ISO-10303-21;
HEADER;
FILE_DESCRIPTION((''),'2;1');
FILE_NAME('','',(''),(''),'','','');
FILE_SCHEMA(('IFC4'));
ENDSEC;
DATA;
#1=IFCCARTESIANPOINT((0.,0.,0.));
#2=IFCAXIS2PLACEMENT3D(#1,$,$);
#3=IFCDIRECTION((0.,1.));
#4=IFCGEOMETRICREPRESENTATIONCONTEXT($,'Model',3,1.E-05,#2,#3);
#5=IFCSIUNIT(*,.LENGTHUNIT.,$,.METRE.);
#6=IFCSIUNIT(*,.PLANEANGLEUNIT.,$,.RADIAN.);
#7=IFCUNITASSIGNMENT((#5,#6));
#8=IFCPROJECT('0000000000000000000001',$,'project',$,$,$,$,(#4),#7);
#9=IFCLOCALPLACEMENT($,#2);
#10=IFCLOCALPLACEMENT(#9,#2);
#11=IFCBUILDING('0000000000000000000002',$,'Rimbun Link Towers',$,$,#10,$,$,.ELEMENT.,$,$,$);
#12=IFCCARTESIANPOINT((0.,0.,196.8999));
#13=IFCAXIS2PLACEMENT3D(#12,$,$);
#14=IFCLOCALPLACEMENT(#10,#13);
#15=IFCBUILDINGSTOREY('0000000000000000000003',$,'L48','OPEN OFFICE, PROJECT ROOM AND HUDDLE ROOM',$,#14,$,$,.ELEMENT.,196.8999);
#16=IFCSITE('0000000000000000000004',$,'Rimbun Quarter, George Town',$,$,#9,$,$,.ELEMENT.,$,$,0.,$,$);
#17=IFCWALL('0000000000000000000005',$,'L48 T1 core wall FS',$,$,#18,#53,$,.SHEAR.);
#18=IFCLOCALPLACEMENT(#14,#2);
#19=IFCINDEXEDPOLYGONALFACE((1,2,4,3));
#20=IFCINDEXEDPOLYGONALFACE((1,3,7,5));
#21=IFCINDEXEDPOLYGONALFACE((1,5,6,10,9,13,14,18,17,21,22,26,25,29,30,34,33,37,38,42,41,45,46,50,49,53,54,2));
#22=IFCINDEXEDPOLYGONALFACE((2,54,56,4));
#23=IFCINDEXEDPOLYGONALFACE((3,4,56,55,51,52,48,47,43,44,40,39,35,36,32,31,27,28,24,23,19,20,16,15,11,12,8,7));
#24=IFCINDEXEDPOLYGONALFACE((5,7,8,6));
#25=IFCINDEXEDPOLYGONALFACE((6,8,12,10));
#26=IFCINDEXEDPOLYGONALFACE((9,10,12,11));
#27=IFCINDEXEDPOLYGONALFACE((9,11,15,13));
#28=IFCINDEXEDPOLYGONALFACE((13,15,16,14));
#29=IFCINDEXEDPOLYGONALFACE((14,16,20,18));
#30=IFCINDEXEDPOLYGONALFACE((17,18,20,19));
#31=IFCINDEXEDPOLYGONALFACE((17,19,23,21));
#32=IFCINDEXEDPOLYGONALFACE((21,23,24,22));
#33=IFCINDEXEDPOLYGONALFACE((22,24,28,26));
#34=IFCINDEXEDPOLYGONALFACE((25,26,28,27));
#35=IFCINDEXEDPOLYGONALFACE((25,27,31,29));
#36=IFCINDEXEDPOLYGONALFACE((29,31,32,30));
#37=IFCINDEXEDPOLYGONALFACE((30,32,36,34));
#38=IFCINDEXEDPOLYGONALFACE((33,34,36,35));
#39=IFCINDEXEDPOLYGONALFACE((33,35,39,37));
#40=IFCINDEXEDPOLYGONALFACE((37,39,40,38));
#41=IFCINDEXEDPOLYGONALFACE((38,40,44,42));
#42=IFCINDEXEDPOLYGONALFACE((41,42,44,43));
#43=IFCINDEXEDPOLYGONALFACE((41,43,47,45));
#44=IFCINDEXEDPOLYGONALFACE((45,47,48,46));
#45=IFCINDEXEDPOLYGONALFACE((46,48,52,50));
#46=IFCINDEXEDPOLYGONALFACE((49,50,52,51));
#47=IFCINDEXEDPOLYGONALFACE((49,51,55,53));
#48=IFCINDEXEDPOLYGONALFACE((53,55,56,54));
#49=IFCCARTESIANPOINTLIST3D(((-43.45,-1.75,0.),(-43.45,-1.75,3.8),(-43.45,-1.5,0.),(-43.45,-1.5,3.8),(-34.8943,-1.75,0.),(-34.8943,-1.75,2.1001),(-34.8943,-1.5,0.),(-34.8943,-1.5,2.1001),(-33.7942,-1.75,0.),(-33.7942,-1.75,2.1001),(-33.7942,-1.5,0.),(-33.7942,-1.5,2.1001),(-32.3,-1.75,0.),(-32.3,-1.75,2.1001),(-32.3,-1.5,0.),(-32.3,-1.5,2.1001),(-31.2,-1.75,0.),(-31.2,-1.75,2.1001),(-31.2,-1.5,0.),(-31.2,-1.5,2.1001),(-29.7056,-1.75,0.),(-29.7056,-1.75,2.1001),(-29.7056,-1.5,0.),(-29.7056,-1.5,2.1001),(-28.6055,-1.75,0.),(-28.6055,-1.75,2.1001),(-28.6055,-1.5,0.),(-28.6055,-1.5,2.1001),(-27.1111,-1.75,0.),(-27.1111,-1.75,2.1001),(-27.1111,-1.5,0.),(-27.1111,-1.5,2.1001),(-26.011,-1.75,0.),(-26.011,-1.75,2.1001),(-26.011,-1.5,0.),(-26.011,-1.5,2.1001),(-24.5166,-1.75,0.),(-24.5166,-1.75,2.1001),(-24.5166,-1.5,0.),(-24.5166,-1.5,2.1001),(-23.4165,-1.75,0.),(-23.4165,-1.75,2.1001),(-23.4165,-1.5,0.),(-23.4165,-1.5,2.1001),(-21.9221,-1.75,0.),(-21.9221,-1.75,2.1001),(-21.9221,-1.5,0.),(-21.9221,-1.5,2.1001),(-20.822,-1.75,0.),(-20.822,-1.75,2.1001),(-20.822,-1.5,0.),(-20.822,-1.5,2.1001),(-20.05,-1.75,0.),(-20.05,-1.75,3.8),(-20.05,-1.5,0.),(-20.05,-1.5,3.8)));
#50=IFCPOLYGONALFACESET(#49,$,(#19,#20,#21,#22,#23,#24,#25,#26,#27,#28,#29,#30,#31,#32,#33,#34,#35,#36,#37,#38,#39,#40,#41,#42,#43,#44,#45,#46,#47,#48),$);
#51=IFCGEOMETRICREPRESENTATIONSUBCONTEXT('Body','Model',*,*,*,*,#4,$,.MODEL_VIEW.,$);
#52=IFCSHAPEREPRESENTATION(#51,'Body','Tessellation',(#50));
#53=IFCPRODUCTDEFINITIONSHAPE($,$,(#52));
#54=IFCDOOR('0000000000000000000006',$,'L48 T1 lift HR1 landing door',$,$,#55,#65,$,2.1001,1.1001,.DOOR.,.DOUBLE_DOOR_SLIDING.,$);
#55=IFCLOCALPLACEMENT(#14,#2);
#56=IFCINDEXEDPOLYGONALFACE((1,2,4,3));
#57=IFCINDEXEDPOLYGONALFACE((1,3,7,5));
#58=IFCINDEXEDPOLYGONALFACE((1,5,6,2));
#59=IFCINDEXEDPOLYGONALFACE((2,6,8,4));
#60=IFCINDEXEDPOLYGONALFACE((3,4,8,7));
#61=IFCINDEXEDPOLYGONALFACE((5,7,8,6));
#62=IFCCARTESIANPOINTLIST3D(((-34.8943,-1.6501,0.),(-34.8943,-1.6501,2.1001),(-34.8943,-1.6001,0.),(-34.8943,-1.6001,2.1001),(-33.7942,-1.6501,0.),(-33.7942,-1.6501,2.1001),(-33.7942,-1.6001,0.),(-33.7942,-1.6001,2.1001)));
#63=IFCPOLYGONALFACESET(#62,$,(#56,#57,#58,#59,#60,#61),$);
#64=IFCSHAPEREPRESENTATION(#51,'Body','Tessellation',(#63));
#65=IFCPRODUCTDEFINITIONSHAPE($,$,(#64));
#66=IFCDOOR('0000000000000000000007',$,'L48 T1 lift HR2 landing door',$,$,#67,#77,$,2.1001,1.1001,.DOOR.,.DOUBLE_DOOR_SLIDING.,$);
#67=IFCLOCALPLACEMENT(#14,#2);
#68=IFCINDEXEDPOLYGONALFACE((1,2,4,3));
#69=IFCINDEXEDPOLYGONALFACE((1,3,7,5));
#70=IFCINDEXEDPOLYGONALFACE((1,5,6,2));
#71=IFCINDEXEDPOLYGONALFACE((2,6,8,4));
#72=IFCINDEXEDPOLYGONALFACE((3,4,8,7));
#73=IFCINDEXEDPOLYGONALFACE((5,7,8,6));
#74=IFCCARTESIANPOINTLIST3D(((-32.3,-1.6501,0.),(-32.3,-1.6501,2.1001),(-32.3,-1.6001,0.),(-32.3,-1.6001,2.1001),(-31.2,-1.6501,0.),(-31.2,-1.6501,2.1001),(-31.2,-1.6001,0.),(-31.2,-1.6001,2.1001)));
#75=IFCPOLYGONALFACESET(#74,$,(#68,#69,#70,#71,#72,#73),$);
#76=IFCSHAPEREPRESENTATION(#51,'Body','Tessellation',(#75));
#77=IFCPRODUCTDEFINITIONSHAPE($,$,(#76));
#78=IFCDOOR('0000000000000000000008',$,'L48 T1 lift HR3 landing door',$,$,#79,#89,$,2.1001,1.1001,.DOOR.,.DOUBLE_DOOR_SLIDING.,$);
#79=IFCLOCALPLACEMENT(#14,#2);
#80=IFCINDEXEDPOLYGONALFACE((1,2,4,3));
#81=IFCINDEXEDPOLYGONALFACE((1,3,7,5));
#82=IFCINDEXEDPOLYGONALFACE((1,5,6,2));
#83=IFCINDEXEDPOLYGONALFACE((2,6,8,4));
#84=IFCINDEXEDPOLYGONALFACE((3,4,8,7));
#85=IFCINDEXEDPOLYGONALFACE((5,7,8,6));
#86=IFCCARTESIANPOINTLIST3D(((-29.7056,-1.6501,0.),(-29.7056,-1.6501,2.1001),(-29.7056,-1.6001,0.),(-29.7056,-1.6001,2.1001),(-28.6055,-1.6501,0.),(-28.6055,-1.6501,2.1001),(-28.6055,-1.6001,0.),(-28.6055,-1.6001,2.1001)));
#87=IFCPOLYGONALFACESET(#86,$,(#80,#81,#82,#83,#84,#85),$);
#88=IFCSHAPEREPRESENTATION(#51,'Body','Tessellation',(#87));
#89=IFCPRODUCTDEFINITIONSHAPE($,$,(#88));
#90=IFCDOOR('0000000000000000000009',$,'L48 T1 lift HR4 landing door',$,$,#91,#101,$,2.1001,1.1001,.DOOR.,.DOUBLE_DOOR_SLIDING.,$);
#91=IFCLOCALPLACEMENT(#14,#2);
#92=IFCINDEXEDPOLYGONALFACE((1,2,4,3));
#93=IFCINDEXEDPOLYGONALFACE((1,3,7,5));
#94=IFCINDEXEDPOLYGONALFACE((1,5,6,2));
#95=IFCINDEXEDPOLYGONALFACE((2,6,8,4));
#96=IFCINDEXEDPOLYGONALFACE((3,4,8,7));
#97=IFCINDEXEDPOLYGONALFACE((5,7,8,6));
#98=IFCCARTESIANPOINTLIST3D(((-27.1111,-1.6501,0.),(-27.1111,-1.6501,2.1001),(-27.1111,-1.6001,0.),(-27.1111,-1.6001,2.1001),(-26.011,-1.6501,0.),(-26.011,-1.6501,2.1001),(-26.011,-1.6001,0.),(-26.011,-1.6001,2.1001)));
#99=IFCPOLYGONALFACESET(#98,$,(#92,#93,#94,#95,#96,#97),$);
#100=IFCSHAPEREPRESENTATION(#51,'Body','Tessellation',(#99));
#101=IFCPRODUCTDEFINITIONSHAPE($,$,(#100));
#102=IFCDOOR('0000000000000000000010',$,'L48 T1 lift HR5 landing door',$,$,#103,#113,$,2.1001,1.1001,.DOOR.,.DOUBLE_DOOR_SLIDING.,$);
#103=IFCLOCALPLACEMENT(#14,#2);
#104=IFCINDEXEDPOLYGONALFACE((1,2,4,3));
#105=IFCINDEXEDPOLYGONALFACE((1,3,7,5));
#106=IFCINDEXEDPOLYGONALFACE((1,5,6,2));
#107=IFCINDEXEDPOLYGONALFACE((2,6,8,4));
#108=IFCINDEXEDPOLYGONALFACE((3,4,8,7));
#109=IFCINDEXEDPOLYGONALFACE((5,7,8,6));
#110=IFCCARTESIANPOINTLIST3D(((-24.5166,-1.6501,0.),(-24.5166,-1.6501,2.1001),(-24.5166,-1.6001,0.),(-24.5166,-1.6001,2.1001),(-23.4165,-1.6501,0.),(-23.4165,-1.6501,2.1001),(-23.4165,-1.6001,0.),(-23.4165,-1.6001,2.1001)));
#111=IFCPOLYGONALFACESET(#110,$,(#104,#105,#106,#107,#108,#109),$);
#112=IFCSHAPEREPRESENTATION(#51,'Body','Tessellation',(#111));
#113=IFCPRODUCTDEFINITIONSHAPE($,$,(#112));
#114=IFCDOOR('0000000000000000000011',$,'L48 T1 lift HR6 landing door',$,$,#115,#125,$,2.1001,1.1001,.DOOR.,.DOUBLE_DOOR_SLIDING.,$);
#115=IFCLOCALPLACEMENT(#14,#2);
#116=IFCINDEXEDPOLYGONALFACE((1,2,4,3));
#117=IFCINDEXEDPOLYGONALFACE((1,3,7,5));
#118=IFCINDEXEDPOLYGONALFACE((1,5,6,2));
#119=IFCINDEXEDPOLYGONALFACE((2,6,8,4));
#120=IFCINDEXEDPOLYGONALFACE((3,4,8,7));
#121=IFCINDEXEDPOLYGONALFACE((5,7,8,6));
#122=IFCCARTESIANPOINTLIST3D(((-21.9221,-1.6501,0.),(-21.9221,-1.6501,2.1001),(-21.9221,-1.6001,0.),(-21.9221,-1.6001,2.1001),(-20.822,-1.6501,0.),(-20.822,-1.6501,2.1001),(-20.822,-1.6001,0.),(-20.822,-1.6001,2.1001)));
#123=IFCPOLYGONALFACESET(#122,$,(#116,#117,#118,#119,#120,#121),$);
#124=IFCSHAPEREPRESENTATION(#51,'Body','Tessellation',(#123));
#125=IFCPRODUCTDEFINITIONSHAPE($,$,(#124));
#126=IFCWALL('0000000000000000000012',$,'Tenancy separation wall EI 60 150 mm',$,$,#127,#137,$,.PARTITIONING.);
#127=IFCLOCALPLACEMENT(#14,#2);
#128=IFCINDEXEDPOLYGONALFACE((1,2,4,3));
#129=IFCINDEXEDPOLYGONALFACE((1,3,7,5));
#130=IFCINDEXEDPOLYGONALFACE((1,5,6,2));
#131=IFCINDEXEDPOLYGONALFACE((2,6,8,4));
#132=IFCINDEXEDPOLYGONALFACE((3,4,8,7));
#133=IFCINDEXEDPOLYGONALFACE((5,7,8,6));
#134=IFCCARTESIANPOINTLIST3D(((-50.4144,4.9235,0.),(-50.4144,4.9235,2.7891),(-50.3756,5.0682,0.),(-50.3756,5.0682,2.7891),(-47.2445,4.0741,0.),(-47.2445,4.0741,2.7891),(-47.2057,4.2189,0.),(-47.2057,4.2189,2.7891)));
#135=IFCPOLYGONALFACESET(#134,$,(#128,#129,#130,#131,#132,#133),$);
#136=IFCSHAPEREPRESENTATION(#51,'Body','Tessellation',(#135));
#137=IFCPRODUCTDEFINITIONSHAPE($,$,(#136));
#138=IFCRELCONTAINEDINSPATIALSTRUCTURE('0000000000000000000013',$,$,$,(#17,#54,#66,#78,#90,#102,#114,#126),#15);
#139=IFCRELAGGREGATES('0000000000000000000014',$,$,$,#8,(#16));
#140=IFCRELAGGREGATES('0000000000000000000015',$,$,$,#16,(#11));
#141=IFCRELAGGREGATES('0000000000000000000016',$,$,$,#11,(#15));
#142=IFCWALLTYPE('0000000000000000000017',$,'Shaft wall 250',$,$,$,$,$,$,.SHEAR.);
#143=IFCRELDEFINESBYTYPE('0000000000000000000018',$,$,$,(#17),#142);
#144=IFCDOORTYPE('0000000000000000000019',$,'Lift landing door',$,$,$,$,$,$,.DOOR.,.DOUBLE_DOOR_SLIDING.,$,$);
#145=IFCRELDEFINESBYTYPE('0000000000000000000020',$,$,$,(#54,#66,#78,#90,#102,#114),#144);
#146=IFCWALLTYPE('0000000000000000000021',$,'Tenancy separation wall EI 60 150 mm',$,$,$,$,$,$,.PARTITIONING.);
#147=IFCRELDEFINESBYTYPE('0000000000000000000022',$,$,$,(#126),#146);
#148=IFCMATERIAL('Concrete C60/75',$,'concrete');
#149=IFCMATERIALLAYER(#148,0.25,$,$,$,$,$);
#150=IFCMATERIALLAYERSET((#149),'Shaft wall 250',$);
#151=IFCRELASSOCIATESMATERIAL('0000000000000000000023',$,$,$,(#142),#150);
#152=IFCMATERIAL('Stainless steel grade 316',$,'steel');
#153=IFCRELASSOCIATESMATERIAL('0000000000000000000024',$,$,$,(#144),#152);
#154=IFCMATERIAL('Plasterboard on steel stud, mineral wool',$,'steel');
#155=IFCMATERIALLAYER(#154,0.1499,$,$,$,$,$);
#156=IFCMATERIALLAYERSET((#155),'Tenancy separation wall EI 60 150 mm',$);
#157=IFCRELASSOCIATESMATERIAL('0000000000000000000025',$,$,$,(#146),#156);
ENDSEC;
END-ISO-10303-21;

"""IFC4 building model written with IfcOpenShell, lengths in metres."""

from ifc_helpers import new_model, si_unit, direction, frame, frame_2d, origin, place, context, subcontext, project, spatial, rectangle, extrude, material, layer, layer_set, type_object, element, fill, save


model = new_model("IFC4")

# Units and contexts
model_context = context("Model", 3, precision=1e-05, world=origin(), true_north=direction((0.0, 1.0)))
body_context = subcontext(model_context, "Body", "Model", "MODEL_VIEW")
ifc_project = project(units=[si_unit("LENGTHUNIT", "METRE"), si_unit("PLANEANGLEUNIT", "RADIAN")], contexts=[model_context])

# Site, building, storey
site_placement = place(None, origin())
site = spatial("IfcSite", under=ifc_project, at=site_placement, Name="Rimbun Quarter, George Town", CompositionType="ELEMENT", RefElevation=0.0)
building_placement = place(site_placement, origin())
building = spatial("IfcBuilding", under=site, at=building_placement, Name="Rimbun Link Towers", CompositionType="ELEMENT")
storey_placement = place(building_placement, frame((0.0, 0.0, 196.8999)))
storey = spatial("IfcBuildingStorey", under=building, at=storey_placement, Name="L48", Description="OPEN OFFICE, PROJECT ROOM AND HUDDLE ROOM", CompositionType="ELEMENT", Elevation=196.8999)

# Wall, openings, doors
ifc_material_1 = material(Name="Concrete C60/75", Category="concrete")
ifc_layer_1 = layer(ifc_material_1, 0.25)
ifc_layer_set_1 = layer_set([ifc_layer_1], Name="Shaft wall 250")
wall_type_1 = type_object("IfcWallType", Name="Shaft wall 250", PredefinedType="SHEAR", material=ifc_layer_set_1)
wall_1_placement = place(storey_placement, frame((-43.45, -1.625, 0.0), z_axis=(0.0, 0.0, 1.0), x_axis=(1.0, 0.0, 0.0)))
wall_1 = element("IfcWall", 1, at=wall_1_placement, inside=storey, type_object=wall_type_1, Name="L48 T1 core wall FS", PredefinedType="SHEAR", context=body_context, shape_type="SweptSolid", body=[
    extrude(rectangle(XDim=23.3999, YDim=0.25, at=frame_2d((11.7, 0.0))), origin(), (0.0, 0.0, 1.0), 3.8),
])
opening_1_placement = place(wall_1_placement, frame((8.5557, 0.0, 0.0)))
opening_1 = element("IfcOpeningElement", 2, at=opening_1_placement, cuts=wall_1, PredefinedType="OPENING", context=body_context, shape_type="SweptSolid", body=[
    extrude(rectangle(XDim=1.1001, YDim=2.1001, at=frame_2d((0.55, 1.05))), frame((0.0, 0.135, 0.0), z_axis=(0.0, -1.0, 0.0), x_axis=(1.0, 0.0, 0.0)), (0.0, 0.0, 1.0), 0.27),
])
opening_2_placement = place(wall_1_placement, frame((11.1499, 0.0, 0.0)))
opening_2 = element("IfcOpeningElement", 3, at=opening_2_placement, cuts=wall_1, PredefinedType="OPENING", context=body_context, shape_type="SweptSolid", body=[
    extrude(rectangle(XDim=1.1001, YDim=2.1001, at=frame_2d((0.55, 1.05))), frame((0.0, 0.135, 0.0), z_axis=(0.0, -1.0, 0.0), x_axis=(1.0, 0.0, 0.0)), (0.0, 0.0, 1.0), 0.27),
])
opening_3_placement = place(wall_1_placement, frame((13.7444, 0.0, 0.0)))
opening_3 = element("IfcOpeningElement", 4, at=opening_3_placement, cuts=wall_1, PredefinedType="OPENING", context=body_context, shape_type="SweptSolid", body=[
    extrude(rectangle(XDim=1.1001, YDim=2.1001, at=frame_2d((0.55, 1.05))), frame((0.0, 0.135, 0.0), z_axis=(0.0, -1.0, 0.0), x_axis=(1.0, 0.0, 0.0)), (0.0, 0.0, 1.0), 0.27),
])
opening_4_placement = place(wall_1_placement, frame((16.3389, 0.0, 0.0)))
opening_4 = element("IfcOpeningElement", 5, at=opening_4_placement, cuts=wall_1, PredefinedType="OPENING", context=body_context, shape_type="SweptSolid", body=[
    extrude(rectangle(XDim=1.1001, YDim=2.1001, at=frame_2d((0.55, 1.05))), frame((0.0, 0.135, 0.0), z_axis=(0.0, -1.0, 0.0), x_axis=(1.0, 0.0, 0.0)), (0.0, 0.0, 1.0), 0.27),
])
opening_5_placement = place(wall_1_placement, frame((18.9333, 0.0, 0.0)))
opening_5 = element("IfcOpeningElement", 6, at=opening_5_placement, cuts=wall_1, PredefinedType="OPENING", context=body_context, shape_type="SweptSolid", body=[
    extrude(rectangle(XDim=1.1001, YDim=2.1001, at=frame_2d((0.55, 1.05))), frame((0.0, 0.135, 0.0), z_axis=(0.0, -1.0, 0.0), x_axis=(1.0, 0.0, 0.0)), (0.0, 0.0, 1.0), 0.27),
])
opening_6_placement = place(wall_1_placement, frame((21.5278, 0.0, 0.0)))
opening_6 = element("IfcOpeningElement", 7, at=opening_6_placement, cuts=wall_1, PredefinedType="OPENING", context=body_context, shape_type="SweptSolid", body=[
    extrude(rectangle(XDim=1.1001, YDim=2.1001, at=frame_2d((0.55, 1.05))), frame((0.0, 0.135, 0.0), z_axis=(0.0, -1.0, 0.0), x_axis=(1.0, 0.0, 0.0)), (0.0, 0.0, 1.0), 0.27),
])
ifc_material_2 = material(Name="Stainless steel grade 316", Category="steel")
door_type_1 = type_object("IfcDoorType", Name="Lift landing door", OperationType="DOUBLE_DOOR_SLIDING", PredefinedType="DOOR", material=ifc_material_2)
door_1_placement = place(opening_1_placement, origin())
door_1 = element("IfcDoor", 8, at=door_1_placement, inside=storey, type_object=door_type_1, Name="L48 T1 lift HR1 landing door", OperationType="DOUBLE_DOOR_SLIDING", OverallHeight=2.1001, OverallWidth=1.1001, PredefinedType="DOOR", context=body_context, shape_type="SweptSolid", body=[
    extrude(rectangle(XDim=1.1001, YDim=2.1001, at=frame_2d((0.55, 1.05))), frame((0.0, 0.0249, 0.0), z_axis=(0.0, -1.0, 0.0), x_axis=(1.0, 0.0, 0.0)), (0.0, 0.0, 1.0), 0.05),
])
fill(opening_1, door_1)
door_2_placement = place(opening_2_placement, origin())
door_2 = element("IfcDoor", 9, at=door_2_placement, inside=storey, type_object=door_type_1, Name="L48 T1 lift HR2 landing door", OperationType="DOUBLE_DOOR_SLIDING", OverallHeight=2.1001, OverallWidth=1.1001, PredefinedType="DOOR", context=body_context, shape_type="SweptSolid", body=[
    extrude(rectangle(XDim=1.1001, YDim=2.1001, at=frame_2d((0.55, 1.05))), frame((0.0, 0.0249, 0.0), z_axis=(0.0, -1.0, 0.0), x_axis=(1.0, 0.0, 0.0)), (0.0, 0.0, 1.0), 0.05),
])
fill(opening_2, door_2)
door_3_placement = place(opening_3_placement, origin())
door_3 = element("IfcDoor", 10, at=door_3_placement, inside=storey, type_object=door_type_1, Name="L48 T1 lift HR3 landing door", OperationType="DOUBLE_DOOR_SLIDING", OverallHeight=2.1001, OverallWidth=1.1001, PredefinedType="DOOR", context=body_context, shape_type="SweptSolid", body=[
    extrude(rectangle(XDim=1.1001, YDim=2.1001, at=frame_2d((0.55, 1.05))), frame((0.0, 0.0249, 0.0), z_axis=(0.0, -1.0, 0.0), x_axis=(1.0, 0.0, 0.0)), (0.0, 0.0, 1.0), 0.05),
])
fill(opening_3, door_3)
door_4_placement = place(opening_4_placement, origin())
door_4 = element("IfcDoor", 11, at=door_4_placement, inside=storey, type_object=door_type_1, Name="L48 T1 lift HR4 landing door", OperationType="DOUBLE_DOOR_SLIDING", OverallHeight=2.1001, OverallWidth=1.1001, PredefinedType="DOOR", context=body_context, shape_type="SweptSolid", body=[
    extrude(rectangle(XDim=1.1001, YDim=2.1001, at=frame_2d((0.55, 1.05))), frame((0.0, 0.0249, 0.0), z_axis=(0.0, -1.0, 0.0), x_axis=(1.0, 0.0, 0.0)), (0.0, 0.0, 1.0), 0.05),
])
fill(opening_4, door_4)
door_5_placement = place(opening_5_placement, origin())
door_5 = element("IfcDoor", 12, at=door_5_placement, inside=storey, type_object=door_type_1, Name="L48 T1 lift HR5 landing door", OperationType="DOUBLE_DOOR_SLIDING", OverallHeight=2.1001, OverallWidth=1.1001, PredefinedType="DOOR", context=body_context, shape_type="SweptSolid", body=[
    extrude(rectangle(XDim=1.1001, YDim=2.1001, at=frame_2d((0.55, 1.05))), frame((0.0, 0.0249, 0.0), z_axis=(0.0, -1.0, 0.0), x_axis=(1.0, 0.0, 0.0)), (0.0, 0.0, 1.0), 0.05),
])
fill(opening_5, door_5)
door_6_placement = place(opening_6_placement, origin())
door_6 = element("IfcDoor", 13, at=door_6_placement, inside=storey, type_object=door_type_1, Name="L48 T1 lift HR6 landing door", OperationType="DOUBLE_DOOR_SLIDING", OverallHeight=2.1001, OverallWidth=1.1001, PredefinedType="DOOR", context=body_context, shape_type="SweptSolid", body=[
    extrude(rectangle(XDim=1.1001, YDim=2.1001, at=frame_2d((0.55, 1.05))), frame((0.0, 0.0249, 0.0), z_axis=(0.0, -1.0, 0.0), x_axis=(1.0, 0.0, 0.0)), (0.0, 0.0, 1.0), 0.05),
])
fill(opening_6, door_6)

# Wall
ifc_material_3 = material(Name="Plasterboard on steel stud, mineral wool", Category="steel")
ifc_layer_2 = layer(ifc_material_3, 0.1499)
ifc_layer_set_2 = layer_set([ifc_layer_2], Name="Tenancy separation wall EI 60 150 mm")
wall_type_2 = type_object("IfcWallType", Name="Tenancy separation wall EI 60 150 mm", PredefinedType="PARTITIONING", material=ifc_layer_set_2)
wall_2_placement = place(storey_placement, frame((-47.2251, 4.1465, 0.0), z_axis=(0.0, 0.0, 1.0), x_axis=(-0.965927, 0.258815, 0.0)))
element("IfcWall", 14, at=wall_2_placement, inside=storey, type_object=wall_type_2, Name="Tenancy separation wall EI 60 150 mm", PredefinedType="PARTITIONING", context=body_context, shape_type="SweptSolid", body=[
    extrude(rectangle(XDim=3.2817, YDim=0.1499, at=frame_2d((1.6409, 0.0))), origin(), (0.0, 0.0, 1.0), 2.7891),
])

save(model, "model.ifc")
